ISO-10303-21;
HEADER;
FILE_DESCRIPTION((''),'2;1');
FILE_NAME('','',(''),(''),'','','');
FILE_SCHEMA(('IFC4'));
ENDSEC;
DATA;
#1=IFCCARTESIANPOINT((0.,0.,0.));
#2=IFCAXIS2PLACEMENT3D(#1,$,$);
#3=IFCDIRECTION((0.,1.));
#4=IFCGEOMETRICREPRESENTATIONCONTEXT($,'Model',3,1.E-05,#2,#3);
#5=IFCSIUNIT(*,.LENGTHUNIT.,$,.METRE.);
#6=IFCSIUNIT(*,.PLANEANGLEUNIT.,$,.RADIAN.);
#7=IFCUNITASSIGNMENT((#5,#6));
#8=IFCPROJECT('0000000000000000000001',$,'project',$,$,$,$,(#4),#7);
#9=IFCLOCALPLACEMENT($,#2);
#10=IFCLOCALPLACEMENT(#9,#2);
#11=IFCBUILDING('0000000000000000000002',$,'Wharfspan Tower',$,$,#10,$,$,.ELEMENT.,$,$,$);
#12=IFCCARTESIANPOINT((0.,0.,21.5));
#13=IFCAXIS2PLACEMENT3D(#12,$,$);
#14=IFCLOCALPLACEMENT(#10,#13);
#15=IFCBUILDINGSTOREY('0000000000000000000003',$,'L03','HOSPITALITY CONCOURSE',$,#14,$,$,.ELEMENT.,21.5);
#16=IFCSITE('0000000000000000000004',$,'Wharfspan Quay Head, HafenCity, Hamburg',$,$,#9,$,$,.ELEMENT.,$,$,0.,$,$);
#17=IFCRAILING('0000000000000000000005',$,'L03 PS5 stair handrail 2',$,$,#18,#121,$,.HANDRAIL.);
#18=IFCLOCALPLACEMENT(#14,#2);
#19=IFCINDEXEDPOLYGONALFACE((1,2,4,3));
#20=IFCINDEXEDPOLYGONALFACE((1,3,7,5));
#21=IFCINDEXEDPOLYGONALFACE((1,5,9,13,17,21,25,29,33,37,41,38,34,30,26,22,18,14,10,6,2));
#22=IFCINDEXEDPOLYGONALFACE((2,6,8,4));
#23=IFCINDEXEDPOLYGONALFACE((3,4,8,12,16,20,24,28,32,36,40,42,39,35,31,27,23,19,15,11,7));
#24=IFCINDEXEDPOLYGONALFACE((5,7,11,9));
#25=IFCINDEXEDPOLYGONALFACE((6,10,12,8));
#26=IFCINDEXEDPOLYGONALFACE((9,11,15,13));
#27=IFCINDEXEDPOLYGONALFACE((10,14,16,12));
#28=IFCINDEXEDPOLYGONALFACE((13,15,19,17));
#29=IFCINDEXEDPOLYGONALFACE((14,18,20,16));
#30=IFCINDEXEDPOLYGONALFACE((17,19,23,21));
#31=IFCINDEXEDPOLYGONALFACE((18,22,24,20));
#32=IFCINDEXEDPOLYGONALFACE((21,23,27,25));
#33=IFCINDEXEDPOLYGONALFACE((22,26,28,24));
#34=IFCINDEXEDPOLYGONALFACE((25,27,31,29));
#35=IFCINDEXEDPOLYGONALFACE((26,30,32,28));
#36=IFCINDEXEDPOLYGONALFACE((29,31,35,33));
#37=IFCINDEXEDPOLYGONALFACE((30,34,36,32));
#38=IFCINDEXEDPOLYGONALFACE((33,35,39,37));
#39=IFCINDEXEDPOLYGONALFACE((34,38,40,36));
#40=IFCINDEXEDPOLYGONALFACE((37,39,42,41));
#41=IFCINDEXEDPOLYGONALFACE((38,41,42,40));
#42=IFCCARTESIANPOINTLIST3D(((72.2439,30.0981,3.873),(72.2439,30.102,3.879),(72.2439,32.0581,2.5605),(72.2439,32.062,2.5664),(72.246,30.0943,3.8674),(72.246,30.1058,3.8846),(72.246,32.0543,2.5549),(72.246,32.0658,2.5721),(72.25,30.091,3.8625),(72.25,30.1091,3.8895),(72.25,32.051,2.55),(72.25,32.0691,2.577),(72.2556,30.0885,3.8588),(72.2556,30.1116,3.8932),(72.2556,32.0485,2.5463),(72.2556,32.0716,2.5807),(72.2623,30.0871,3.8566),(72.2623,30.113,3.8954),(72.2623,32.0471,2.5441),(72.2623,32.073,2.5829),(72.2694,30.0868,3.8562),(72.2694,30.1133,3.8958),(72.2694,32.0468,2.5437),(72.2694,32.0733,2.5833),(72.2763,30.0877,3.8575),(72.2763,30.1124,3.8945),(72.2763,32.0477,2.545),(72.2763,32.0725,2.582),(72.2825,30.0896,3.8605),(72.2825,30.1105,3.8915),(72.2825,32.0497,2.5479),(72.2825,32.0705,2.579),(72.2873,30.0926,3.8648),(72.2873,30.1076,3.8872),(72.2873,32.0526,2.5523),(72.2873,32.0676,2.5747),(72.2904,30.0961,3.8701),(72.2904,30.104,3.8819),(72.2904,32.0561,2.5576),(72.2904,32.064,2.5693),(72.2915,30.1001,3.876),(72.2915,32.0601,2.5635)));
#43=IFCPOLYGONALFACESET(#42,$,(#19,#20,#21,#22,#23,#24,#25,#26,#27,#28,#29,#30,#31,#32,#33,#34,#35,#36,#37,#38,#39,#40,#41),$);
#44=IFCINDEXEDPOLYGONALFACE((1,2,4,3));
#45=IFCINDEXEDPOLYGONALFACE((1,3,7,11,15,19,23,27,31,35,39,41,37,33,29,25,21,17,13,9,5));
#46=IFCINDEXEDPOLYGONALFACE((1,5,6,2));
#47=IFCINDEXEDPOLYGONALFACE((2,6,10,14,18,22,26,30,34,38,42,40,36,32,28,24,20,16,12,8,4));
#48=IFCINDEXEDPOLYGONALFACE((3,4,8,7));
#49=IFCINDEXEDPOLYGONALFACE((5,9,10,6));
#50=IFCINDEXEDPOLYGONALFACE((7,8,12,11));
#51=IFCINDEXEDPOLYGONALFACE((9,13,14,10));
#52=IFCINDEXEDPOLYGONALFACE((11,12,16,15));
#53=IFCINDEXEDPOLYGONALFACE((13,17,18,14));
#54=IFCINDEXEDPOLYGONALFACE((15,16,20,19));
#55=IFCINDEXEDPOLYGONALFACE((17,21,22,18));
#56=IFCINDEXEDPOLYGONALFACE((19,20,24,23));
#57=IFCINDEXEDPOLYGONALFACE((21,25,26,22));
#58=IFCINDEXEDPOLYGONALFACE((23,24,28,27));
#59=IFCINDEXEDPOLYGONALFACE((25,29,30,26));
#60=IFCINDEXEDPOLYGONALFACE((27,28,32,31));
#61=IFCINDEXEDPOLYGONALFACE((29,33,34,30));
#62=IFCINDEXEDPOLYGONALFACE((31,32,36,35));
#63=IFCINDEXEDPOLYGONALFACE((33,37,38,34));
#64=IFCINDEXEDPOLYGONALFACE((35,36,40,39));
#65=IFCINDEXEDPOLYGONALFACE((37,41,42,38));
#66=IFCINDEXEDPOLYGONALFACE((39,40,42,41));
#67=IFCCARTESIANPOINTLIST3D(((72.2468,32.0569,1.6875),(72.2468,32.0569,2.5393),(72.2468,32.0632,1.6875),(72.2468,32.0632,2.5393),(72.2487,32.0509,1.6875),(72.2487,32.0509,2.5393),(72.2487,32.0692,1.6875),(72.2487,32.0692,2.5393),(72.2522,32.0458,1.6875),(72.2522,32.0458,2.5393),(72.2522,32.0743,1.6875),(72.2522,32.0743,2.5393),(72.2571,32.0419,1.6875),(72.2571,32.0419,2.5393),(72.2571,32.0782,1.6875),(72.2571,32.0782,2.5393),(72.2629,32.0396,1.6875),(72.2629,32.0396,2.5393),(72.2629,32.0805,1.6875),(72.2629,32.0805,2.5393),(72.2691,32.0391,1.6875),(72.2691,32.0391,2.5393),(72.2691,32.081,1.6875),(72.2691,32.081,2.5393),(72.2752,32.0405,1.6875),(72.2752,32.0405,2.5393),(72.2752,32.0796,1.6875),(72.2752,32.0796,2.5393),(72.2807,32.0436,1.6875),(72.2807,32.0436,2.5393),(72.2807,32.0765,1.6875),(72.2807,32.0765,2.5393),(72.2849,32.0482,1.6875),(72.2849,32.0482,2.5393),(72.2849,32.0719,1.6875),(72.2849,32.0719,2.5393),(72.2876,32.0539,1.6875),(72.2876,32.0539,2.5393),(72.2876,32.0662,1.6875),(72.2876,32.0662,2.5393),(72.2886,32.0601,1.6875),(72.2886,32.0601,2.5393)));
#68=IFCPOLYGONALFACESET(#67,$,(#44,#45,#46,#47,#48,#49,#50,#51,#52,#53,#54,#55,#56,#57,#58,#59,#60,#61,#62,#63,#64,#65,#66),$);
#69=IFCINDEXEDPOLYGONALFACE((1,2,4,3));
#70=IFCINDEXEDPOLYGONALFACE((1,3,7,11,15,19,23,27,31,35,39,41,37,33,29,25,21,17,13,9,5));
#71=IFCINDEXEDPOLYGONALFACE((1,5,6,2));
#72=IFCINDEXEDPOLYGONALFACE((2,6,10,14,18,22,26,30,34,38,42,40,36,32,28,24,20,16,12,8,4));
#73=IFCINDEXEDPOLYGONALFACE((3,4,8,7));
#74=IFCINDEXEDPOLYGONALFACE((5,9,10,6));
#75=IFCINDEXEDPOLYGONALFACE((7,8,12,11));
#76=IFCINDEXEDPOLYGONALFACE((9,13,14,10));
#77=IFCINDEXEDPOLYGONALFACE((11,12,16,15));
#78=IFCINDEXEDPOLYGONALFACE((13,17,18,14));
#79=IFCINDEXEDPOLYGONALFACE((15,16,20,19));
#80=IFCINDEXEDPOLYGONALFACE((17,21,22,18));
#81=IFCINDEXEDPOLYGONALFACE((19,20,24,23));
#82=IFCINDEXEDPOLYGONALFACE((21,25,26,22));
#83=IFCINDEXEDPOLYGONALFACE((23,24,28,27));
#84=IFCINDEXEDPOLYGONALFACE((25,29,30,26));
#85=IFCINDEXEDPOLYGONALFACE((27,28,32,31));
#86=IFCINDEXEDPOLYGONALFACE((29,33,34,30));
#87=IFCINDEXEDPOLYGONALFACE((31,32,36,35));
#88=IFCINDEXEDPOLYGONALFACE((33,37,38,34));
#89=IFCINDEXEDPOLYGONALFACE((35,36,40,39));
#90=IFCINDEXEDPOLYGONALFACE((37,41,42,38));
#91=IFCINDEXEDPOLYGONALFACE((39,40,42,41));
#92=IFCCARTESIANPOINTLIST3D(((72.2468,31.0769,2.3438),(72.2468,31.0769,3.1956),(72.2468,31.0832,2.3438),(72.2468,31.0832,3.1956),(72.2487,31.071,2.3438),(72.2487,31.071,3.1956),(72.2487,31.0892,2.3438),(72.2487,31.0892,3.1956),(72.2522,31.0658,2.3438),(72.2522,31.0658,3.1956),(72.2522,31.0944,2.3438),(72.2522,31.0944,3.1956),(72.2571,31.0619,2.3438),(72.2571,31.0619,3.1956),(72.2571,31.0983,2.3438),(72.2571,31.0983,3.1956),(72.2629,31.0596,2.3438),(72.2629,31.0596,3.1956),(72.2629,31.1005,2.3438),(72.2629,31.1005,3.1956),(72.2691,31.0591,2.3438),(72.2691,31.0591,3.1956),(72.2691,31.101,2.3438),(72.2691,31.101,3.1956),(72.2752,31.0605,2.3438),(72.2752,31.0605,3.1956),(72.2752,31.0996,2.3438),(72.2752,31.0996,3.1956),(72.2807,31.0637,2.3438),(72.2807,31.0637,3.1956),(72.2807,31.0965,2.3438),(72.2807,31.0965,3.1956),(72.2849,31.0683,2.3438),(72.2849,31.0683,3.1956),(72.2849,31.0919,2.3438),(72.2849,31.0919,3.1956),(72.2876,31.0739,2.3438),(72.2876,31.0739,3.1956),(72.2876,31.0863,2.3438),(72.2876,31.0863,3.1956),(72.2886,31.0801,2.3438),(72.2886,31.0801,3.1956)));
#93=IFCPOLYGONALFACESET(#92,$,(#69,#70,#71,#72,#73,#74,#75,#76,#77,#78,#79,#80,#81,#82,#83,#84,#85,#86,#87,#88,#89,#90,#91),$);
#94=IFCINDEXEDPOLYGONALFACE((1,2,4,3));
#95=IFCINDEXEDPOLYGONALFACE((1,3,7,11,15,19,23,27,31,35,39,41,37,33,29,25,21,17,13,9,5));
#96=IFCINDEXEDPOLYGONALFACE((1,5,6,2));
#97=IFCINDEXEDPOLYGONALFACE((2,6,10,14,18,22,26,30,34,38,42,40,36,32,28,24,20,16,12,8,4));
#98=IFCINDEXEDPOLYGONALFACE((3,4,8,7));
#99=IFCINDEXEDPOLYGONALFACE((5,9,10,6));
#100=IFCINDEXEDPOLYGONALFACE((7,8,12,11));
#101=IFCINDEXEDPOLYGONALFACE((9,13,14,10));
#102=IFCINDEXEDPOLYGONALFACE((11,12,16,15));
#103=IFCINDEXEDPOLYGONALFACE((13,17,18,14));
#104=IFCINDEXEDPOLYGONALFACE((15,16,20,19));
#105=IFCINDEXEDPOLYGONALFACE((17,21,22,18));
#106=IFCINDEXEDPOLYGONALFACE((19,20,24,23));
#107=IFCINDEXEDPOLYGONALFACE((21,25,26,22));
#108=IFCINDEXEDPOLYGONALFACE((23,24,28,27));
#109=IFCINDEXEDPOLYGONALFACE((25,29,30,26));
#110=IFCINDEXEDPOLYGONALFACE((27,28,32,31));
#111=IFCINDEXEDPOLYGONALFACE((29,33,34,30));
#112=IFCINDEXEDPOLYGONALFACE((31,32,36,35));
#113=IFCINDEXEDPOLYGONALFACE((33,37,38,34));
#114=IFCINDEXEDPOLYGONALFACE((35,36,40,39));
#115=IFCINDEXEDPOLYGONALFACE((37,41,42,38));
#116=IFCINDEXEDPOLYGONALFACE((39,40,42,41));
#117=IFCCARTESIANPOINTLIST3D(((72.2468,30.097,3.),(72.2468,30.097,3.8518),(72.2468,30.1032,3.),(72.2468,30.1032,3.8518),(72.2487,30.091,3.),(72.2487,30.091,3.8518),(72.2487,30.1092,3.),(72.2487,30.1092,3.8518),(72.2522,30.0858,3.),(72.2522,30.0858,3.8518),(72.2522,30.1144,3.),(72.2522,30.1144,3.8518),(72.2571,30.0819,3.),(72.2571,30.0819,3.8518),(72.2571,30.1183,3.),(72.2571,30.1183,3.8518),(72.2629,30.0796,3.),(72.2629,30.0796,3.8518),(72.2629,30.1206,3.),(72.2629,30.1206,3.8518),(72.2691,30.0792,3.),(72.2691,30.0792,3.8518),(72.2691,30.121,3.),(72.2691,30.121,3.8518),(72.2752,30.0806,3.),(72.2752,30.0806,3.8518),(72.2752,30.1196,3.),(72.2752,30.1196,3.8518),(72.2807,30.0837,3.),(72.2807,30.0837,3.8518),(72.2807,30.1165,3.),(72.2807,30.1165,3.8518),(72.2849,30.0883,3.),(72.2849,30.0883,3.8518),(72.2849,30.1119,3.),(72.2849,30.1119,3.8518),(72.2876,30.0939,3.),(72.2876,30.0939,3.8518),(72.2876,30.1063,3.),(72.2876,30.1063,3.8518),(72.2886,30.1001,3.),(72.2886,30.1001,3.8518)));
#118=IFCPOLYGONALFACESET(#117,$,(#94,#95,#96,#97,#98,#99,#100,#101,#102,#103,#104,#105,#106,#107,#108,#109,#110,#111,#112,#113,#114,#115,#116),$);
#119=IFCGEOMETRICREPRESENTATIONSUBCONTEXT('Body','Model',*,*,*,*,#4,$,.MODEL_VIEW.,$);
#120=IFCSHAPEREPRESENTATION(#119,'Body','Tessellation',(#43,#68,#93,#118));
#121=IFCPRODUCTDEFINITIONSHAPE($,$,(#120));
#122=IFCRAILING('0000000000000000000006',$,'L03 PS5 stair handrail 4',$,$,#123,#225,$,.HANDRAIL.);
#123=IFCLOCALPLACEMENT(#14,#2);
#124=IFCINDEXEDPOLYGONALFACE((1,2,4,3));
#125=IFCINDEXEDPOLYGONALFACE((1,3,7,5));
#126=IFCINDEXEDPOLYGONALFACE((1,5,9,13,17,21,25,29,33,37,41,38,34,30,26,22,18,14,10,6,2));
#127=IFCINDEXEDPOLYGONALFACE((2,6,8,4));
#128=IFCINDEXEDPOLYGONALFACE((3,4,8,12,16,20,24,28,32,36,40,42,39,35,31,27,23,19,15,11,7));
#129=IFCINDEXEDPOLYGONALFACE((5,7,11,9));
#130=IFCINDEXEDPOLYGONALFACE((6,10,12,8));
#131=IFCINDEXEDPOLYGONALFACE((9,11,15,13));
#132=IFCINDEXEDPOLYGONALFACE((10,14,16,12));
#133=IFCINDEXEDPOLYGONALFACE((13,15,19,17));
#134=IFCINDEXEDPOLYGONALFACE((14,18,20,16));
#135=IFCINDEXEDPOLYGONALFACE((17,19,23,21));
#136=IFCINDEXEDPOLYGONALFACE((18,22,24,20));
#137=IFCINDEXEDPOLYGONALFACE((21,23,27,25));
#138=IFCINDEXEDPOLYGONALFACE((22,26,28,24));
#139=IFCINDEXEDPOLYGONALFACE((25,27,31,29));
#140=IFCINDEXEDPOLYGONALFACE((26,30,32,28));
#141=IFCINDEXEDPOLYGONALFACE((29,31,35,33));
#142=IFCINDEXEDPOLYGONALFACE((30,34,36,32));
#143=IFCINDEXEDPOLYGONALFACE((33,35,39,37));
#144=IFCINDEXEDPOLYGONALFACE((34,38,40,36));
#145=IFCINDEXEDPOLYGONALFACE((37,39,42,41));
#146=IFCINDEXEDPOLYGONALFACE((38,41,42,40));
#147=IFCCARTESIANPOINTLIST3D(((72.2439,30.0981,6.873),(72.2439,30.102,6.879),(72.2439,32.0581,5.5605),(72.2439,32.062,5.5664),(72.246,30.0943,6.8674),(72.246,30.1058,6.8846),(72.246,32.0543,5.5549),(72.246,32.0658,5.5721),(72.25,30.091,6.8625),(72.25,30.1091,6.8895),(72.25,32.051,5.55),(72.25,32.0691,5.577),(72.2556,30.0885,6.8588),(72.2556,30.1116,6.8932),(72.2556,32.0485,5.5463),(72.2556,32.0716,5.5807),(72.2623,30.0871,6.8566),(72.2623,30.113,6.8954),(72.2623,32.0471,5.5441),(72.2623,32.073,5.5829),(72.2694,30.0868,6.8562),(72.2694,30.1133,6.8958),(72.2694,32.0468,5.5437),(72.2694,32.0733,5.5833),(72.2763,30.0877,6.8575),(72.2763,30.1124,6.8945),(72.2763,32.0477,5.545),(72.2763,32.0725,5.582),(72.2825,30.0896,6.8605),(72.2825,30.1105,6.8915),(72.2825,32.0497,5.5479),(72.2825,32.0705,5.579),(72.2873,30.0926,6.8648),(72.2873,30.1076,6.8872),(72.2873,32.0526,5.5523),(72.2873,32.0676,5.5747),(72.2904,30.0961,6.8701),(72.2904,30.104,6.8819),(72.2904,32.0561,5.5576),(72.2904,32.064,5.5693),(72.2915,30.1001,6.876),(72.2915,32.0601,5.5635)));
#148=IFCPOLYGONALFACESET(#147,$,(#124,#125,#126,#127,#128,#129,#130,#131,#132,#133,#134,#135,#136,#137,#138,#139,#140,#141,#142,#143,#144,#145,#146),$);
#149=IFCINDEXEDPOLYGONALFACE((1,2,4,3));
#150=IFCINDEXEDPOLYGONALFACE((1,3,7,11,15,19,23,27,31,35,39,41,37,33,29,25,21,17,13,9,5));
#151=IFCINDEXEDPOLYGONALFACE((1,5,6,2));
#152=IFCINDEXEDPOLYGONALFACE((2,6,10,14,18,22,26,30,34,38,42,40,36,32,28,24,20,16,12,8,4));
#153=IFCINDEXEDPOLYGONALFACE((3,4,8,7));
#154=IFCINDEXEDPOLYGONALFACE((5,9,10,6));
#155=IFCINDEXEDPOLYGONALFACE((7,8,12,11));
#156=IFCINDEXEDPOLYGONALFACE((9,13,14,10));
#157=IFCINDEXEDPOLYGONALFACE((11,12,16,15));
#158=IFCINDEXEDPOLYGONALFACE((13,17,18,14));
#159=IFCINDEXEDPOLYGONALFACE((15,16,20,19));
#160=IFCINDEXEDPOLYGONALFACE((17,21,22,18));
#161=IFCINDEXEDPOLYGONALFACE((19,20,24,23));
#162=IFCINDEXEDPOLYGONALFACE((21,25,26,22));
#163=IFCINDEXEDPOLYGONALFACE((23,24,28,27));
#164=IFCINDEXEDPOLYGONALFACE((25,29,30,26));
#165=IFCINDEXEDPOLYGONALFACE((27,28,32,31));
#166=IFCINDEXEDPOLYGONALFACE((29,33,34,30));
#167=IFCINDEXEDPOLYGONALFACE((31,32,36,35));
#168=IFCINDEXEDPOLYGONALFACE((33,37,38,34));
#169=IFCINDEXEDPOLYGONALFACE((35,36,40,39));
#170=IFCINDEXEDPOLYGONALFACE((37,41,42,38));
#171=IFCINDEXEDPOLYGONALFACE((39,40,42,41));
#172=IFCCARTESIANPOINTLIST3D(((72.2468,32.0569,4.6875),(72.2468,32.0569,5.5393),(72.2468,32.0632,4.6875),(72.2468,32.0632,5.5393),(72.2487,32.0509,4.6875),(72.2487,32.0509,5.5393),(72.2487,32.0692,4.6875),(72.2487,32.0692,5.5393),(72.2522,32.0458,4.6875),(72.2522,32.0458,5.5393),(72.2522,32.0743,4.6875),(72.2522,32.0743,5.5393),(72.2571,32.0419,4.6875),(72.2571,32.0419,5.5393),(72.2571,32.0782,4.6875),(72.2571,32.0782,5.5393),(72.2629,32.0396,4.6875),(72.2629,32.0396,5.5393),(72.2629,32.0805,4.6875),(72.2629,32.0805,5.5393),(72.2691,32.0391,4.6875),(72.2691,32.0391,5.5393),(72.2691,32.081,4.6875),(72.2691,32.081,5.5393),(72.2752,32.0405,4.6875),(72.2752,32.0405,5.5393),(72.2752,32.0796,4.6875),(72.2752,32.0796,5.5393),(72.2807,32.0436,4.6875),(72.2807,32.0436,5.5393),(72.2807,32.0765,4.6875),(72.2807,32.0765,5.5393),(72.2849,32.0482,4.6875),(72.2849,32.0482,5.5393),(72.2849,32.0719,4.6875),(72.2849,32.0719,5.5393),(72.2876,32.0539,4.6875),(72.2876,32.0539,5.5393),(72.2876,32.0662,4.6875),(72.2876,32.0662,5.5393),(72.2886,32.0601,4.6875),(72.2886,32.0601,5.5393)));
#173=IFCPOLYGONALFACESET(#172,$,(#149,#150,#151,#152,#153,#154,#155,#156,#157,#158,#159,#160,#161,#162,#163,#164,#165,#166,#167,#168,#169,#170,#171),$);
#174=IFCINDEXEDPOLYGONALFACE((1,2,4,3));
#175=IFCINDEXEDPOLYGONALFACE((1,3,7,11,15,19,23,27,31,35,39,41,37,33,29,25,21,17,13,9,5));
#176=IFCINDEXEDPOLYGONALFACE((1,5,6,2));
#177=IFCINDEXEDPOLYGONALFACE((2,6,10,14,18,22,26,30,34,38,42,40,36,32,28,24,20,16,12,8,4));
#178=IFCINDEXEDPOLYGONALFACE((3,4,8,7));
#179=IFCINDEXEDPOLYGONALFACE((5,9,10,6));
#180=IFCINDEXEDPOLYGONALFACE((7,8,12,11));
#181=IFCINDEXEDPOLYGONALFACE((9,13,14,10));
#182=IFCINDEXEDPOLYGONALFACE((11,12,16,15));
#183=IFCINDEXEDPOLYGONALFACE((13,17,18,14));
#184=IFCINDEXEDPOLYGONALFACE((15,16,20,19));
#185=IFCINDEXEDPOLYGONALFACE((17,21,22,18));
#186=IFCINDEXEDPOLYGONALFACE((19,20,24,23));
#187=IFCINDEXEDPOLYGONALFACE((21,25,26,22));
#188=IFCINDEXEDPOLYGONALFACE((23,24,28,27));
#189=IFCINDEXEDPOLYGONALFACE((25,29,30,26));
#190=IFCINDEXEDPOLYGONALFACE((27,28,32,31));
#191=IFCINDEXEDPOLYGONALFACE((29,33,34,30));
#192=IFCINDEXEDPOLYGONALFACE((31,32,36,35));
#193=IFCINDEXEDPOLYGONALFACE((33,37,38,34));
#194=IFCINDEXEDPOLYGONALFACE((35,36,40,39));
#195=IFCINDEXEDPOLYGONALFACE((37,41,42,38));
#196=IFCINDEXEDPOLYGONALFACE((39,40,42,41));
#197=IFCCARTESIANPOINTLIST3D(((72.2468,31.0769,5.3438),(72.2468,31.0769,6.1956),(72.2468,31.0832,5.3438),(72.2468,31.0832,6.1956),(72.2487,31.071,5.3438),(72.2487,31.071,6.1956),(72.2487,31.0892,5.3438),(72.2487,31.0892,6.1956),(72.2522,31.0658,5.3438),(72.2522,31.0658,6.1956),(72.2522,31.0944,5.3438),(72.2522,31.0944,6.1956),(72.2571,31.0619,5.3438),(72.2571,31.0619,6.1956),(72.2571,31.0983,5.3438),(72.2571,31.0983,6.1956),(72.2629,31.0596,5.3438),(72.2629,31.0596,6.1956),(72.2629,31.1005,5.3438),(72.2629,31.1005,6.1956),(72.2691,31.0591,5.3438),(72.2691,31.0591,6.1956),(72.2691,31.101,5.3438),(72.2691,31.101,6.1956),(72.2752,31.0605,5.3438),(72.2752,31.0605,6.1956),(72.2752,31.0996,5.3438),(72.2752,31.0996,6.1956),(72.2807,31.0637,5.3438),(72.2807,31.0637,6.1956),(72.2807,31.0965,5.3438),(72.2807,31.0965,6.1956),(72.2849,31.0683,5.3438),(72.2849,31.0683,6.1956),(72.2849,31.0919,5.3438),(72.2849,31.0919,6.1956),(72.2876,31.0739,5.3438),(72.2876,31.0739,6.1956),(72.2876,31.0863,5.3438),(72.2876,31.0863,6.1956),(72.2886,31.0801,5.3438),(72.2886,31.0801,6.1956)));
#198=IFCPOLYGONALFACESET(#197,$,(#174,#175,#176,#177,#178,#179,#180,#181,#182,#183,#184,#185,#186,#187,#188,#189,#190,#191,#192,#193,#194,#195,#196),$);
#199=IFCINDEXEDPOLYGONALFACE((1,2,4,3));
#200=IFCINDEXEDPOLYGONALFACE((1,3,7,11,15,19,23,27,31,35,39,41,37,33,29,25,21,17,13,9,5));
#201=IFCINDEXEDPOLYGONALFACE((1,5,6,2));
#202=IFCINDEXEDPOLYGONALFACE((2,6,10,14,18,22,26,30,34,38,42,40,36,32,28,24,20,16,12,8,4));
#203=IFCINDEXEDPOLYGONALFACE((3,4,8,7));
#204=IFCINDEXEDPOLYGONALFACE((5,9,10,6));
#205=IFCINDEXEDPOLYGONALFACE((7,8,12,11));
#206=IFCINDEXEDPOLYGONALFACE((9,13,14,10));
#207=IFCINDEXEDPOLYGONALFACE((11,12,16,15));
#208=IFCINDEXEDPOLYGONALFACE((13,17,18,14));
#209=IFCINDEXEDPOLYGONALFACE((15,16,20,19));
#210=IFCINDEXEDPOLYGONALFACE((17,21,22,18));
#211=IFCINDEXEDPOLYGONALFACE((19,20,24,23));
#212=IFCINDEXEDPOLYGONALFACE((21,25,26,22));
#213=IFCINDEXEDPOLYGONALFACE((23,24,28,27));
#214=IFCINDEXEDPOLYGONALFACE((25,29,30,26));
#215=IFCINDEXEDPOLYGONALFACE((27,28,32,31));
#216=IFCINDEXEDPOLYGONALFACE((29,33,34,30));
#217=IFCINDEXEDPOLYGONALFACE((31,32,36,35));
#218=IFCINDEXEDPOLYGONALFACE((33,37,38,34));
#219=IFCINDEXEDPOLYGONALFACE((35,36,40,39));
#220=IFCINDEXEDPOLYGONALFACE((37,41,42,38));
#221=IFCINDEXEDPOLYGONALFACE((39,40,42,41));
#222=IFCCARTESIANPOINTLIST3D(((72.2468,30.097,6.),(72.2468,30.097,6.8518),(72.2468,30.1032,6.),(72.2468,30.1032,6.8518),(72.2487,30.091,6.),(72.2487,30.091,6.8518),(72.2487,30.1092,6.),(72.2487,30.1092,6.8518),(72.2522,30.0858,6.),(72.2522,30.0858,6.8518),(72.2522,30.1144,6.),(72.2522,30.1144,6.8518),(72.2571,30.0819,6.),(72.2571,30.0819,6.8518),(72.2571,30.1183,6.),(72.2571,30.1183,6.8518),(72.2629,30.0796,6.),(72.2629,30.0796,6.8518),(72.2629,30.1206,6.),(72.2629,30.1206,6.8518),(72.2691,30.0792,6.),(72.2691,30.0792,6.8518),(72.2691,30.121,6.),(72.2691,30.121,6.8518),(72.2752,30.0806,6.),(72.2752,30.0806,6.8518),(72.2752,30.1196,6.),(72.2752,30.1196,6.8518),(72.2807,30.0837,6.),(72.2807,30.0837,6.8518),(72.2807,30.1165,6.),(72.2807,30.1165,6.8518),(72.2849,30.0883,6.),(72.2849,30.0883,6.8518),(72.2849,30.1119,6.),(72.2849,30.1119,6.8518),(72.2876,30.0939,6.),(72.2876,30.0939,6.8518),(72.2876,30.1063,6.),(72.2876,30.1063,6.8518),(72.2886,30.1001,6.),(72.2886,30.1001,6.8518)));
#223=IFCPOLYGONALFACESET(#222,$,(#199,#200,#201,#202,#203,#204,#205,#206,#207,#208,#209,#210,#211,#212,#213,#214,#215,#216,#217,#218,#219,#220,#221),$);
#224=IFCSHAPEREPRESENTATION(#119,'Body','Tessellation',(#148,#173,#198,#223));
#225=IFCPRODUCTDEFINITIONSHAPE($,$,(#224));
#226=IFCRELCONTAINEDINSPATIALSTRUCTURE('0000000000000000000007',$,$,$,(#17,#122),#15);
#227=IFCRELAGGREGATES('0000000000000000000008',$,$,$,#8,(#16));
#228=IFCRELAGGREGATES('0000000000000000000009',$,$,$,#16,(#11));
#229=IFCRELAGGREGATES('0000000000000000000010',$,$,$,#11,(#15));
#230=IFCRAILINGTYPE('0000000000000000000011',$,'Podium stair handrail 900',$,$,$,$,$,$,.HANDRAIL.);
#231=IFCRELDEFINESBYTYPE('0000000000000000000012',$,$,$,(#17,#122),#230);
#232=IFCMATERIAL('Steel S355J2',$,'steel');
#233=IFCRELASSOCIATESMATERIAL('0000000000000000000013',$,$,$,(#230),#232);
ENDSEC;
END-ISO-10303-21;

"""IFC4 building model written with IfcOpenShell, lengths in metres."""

from ifc_helpers import new_model, si_unit, direction, frame, origin, origin_2d, place, context, subcontext, project, spatial, circle, extrude, material, type_object, element, save


model = new_model("IFC4")

# Units and contexts
model_context = context("Model", 3, precision=1e-05, world=origin(), true_north=direction((0.0, 1.0)))
body_context = subcontext(model_context, "Body", "Model", "MODEL_VIEW")
ifc_project = project(units=[si_unit("LENGTHUNIT", "METRE"), si_unit("PLANEANGLEUNIT", "RADIAN")], contexts=[model_context])

# Site, building, storey
site_placement = place(None, origin())
site = spatial("IfcSite", under=ifc_project, at=site_placement, Name="Wharfspan Quay Head, HafenCity, Hamburg", CompositionType="ELEMENT", RefElevation=0.0)
building_placement = place(site_placement, origin())
building = spatial("IfcBuilding", under=site, at=building_placement, Name="Wharfspan Tower", CompositionType="ELEMENT")
storey_placement = place(building_placement, frame((0.0, 0.0, 21.5)))
storey = spatial("IfcBuildingStorey", under=building, at=storey_placement, Name="L03", Description="HOSPITALITY CONCOURSE", CompositionType="ELEMENT", Elevation=21.5)

# Railings
ifc_material_1 = material(Name="Steel S355J2", Category="steel")
railing_type_1 = type_object("IfcRailingType", Name="Podium stair handrail 900", PredefinedType="HANDRAIL", material=ifc_material_1)
for number, where, name in (
    (1, (72.2676, 32.0601, 1.6875), "L03 PS5 stair handrail 2"),
    (2, (72.2676, 32.0601, 4.6875), "L03 PS5 stair handrail 4"),
):
    element("IfcRailing", number, at=place(storey_placement, frame(where)), inside=storey, type_object=railing_type_1, Name=name, PredefinedType="HANDRAIL", context=body_context, shape_type="SweptSolid", body=[
        extrude(circle(Radius=0.0239, at=origin_2d()), frame((0.0, 0.0, 0.876), z_axis=(0.0, -0.830902, 0.556419), x_axis=(1.0, 0.0, 0.0)), (0.0, 0.0, 1.0), 2.3589),
        extrude(circle(Radius=0.021, at=origin_2d()), origin(), (0.0, 0.0, 1.0), 0.8518),
        extrude(circle(Radius=0.021, at=origin_2d()), frame((0.0, -0.98, 0.6562)), (0.0, 0.0, 1.0), 0.8518),
        extrude(circle(Radius=0.021, at=origin_2d()), frame((0.0, -1.96, 1.3125)), (0.0, 0.0, 1.0), 0.8518),
    ])

save(model, "model.ifc")
